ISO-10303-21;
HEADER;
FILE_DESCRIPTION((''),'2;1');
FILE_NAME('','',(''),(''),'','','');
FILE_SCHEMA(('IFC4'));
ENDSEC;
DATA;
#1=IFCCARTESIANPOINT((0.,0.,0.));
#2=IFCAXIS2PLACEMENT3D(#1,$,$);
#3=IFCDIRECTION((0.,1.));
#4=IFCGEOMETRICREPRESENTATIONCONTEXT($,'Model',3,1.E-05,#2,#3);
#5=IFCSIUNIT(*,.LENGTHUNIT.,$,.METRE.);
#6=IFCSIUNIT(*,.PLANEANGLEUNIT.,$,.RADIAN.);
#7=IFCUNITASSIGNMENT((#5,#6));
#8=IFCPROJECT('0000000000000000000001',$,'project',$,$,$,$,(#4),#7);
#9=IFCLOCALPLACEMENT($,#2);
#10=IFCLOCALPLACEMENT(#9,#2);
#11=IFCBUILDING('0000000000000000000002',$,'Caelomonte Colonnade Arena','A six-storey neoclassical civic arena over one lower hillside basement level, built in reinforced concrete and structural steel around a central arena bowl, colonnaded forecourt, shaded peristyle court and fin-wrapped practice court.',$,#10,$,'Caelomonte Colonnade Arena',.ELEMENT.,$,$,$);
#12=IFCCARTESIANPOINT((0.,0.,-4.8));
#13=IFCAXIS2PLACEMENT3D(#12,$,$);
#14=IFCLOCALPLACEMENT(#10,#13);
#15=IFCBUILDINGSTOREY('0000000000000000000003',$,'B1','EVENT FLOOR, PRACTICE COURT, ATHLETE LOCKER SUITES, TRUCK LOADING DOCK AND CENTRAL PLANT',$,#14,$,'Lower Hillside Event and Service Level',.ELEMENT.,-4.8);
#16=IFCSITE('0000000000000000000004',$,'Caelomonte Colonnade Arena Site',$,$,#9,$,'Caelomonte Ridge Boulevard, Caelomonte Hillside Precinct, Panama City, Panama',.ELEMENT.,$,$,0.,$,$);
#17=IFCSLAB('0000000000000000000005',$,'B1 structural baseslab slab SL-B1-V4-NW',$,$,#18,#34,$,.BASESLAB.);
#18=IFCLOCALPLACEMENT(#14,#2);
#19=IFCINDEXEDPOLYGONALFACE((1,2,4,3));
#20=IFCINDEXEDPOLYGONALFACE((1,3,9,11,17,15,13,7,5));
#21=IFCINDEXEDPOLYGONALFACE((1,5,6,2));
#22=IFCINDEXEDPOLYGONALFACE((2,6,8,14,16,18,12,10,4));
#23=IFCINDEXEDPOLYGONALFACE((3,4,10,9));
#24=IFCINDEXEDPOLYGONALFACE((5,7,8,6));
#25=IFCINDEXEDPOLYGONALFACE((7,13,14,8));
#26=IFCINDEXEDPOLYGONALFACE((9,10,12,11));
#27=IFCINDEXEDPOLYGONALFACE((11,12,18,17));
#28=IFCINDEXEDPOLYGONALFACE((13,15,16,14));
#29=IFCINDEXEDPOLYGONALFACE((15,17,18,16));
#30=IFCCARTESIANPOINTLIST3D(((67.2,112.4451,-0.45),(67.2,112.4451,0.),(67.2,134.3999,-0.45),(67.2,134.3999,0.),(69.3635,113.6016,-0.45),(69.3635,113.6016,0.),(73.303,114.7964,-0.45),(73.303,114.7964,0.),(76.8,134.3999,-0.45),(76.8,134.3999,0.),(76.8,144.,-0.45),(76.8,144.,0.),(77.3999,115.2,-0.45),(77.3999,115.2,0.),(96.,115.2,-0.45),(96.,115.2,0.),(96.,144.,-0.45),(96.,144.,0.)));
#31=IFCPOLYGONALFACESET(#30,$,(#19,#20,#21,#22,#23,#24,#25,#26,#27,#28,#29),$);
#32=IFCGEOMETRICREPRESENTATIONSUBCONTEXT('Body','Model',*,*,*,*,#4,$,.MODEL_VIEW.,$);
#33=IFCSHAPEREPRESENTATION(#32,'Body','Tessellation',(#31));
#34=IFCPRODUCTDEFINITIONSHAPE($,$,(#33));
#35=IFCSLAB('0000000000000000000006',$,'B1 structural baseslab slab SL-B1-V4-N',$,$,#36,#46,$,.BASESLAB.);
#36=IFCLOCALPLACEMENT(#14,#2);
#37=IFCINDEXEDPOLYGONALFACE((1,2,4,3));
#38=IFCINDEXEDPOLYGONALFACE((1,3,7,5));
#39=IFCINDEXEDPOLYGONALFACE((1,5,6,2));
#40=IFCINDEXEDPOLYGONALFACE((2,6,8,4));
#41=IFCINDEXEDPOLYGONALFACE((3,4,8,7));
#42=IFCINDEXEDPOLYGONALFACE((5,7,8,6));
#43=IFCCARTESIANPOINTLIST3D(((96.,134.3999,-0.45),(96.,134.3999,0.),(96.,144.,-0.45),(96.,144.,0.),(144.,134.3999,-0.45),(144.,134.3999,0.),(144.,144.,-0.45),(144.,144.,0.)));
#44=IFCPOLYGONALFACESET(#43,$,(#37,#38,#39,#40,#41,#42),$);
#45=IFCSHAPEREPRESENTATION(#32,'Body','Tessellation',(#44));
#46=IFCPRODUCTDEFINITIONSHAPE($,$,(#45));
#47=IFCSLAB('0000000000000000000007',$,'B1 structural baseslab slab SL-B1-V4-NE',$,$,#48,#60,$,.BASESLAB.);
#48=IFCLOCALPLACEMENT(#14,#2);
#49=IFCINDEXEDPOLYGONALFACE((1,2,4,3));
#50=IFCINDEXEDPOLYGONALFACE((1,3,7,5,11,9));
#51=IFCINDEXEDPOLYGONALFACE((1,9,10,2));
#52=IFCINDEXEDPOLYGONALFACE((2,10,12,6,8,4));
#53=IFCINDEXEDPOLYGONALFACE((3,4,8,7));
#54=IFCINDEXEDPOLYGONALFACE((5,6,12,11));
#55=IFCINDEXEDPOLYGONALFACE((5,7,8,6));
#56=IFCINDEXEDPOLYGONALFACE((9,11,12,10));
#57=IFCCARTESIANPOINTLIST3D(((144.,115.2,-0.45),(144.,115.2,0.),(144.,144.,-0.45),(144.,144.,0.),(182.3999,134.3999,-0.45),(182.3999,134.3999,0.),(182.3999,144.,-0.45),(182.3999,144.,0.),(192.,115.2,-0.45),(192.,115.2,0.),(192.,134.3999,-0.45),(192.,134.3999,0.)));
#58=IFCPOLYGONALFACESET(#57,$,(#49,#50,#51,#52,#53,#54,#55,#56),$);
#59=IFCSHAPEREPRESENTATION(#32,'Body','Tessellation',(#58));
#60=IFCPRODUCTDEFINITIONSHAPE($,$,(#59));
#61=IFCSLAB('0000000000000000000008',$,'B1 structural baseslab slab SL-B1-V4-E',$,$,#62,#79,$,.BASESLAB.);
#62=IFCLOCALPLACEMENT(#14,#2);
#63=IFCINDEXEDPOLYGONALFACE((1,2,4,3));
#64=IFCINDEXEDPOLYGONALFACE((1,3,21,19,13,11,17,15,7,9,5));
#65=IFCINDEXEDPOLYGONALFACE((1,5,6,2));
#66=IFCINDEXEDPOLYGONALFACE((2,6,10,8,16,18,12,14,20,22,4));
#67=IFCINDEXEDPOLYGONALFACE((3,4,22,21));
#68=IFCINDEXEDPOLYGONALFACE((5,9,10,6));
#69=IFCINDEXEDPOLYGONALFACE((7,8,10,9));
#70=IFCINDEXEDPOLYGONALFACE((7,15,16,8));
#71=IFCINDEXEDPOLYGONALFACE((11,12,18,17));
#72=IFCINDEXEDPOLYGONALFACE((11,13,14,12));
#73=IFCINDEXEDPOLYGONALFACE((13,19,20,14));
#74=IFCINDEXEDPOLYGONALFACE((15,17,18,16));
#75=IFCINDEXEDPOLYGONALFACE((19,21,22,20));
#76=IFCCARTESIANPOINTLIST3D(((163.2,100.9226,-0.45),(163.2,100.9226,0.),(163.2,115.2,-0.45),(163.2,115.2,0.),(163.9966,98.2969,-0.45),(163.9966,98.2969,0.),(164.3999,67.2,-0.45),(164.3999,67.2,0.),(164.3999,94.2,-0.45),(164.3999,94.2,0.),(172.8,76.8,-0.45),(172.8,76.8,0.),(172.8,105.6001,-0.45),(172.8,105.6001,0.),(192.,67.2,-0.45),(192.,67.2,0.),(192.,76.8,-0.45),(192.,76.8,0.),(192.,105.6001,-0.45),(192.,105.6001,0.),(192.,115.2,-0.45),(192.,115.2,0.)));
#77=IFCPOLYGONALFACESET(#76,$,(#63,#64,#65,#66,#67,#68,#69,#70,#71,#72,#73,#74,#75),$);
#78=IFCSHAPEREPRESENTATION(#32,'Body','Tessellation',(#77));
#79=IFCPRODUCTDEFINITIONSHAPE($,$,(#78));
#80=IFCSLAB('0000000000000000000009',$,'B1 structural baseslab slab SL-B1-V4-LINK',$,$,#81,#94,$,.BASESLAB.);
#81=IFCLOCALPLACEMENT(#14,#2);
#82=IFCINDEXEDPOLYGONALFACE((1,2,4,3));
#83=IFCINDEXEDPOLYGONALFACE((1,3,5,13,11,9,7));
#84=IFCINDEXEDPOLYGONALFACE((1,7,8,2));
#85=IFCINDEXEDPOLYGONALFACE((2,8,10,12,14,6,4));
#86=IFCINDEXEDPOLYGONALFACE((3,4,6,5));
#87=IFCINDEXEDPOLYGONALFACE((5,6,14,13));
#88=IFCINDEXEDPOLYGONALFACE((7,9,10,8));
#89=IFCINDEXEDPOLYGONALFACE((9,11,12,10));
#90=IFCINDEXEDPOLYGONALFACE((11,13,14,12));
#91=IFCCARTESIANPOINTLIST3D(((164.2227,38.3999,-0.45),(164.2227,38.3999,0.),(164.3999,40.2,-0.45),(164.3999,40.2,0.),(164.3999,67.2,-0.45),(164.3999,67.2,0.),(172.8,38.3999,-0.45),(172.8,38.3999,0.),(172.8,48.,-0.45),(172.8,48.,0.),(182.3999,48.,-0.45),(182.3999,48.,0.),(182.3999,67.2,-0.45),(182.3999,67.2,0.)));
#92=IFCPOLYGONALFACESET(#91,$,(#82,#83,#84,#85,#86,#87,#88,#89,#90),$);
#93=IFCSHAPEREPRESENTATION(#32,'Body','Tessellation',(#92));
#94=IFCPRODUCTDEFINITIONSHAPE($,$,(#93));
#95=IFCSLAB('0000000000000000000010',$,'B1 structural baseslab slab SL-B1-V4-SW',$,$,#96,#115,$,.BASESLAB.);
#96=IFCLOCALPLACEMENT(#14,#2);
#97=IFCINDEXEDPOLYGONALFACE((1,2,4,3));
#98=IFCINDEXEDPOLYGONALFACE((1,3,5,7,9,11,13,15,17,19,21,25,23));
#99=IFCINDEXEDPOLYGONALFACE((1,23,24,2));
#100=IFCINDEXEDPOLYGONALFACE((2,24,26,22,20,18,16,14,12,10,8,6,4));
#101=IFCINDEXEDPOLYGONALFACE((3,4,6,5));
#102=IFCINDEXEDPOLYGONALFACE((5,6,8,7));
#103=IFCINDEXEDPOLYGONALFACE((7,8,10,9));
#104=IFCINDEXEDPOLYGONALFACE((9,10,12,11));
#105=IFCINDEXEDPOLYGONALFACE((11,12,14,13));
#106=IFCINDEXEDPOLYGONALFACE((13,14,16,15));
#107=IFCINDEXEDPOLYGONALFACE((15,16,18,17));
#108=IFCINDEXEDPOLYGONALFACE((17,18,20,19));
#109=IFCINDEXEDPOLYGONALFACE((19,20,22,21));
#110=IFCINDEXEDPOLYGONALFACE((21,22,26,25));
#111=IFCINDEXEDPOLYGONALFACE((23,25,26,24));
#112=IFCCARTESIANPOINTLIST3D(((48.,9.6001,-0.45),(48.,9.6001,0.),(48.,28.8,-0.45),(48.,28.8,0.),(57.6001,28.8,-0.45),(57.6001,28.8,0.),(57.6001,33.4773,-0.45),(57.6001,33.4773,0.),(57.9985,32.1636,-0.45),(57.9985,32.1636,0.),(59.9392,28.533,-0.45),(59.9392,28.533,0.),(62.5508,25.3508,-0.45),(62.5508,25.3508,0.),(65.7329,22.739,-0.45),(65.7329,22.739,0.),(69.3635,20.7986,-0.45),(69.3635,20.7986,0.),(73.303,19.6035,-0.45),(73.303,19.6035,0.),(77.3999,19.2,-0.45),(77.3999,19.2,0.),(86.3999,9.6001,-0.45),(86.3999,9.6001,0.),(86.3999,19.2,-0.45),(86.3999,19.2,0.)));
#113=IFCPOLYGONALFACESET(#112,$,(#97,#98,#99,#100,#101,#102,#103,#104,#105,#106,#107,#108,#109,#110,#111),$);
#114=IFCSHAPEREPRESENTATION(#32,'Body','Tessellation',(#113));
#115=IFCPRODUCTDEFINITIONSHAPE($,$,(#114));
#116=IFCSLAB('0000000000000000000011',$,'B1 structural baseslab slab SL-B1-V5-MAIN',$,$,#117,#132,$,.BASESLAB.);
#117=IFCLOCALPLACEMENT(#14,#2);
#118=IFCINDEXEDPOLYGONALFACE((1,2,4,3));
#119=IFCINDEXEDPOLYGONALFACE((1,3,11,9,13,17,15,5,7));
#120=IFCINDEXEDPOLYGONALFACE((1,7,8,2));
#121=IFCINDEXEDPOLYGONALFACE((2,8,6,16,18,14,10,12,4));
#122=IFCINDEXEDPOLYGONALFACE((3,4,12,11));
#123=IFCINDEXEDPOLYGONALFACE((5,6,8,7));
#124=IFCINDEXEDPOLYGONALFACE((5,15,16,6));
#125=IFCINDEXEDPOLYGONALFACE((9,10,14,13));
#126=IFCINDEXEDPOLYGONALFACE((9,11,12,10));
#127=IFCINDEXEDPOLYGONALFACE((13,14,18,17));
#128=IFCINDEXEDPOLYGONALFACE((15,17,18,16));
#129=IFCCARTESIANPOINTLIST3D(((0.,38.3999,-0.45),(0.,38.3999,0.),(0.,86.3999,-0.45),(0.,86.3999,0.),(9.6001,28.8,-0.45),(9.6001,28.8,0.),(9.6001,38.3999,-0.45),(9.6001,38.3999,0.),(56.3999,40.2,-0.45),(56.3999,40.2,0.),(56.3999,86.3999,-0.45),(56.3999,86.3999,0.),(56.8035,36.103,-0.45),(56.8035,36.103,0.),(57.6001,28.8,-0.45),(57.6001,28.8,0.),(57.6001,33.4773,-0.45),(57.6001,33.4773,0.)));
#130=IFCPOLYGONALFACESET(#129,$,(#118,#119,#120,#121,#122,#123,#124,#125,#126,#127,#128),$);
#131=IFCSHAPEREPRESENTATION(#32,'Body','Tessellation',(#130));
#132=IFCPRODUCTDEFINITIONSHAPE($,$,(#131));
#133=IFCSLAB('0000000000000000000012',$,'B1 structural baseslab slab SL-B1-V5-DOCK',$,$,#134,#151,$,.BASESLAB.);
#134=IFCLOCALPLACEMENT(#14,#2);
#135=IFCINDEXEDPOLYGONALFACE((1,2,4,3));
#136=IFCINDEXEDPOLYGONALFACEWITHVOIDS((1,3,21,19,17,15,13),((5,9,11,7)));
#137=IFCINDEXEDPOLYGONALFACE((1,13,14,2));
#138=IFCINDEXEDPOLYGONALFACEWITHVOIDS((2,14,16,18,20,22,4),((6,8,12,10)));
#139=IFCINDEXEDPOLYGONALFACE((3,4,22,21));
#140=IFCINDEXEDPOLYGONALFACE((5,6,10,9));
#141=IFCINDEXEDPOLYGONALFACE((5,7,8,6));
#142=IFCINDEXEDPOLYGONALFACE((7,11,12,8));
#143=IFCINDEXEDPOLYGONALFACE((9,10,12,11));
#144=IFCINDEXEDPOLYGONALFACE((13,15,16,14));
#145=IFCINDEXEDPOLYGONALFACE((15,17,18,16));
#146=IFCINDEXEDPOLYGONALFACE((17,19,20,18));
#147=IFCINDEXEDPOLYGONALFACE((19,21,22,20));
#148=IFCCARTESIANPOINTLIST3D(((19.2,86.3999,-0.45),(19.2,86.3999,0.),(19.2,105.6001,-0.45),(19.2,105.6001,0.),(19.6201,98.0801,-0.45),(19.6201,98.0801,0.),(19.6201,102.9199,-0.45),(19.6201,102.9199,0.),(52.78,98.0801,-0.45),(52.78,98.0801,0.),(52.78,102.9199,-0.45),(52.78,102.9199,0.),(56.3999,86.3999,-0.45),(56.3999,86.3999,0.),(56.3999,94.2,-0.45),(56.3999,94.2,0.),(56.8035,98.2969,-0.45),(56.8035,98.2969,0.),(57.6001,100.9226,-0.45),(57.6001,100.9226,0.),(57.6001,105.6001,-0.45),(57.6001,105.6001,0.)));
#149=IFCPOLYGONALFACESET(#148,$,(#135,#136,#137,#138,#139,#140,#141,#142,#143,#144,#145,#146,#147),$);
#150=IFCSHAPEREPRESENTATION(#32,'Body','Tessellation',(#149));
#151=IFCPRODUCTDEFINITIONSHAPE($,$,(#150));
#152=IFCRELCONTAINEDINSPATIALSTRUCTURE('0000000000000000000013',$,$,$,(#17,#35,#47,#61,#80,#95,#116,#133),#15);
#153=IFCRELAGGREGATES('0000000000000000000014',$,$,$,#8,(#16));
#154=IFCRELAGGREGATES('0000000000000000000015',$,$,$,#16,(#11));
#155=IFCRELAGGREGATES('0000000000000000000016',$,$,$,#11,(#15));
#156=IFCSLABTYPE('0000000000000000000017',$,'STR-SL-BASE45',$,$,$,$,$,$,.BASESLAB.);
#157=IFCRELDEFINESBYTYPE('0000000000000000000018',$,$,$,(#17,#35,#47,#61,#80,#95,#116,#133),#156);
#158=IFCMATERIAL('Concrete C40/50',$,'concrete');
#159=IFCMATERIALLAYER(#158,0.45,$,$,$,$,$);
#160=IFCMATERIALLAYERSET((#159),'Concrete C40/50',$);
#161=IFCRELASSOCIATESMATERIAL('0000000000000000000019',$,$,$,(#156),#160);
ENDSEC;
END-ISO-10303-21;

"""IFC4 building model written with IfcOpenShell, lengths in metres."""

from ifc_helpers import new_model, si_unit, direction, frame, origin, place, context, subcontext, project, spatial, polyline, outline, extrude, material, layer, layer_set, type_object, element, save


model = new_model("IFC4")

# Units and contexts
model_context = context("Model", 3, precision=1e-05, world=origin(), true_north=direction((0.0, 1.0)))
body_context = subcontext(model_context, "Body", "Model", "MODEL_VIEW")
ifc_project = project(units=[si_unit("LENGTHUNIT", "METRE"), si_unit("PLANEANGLEUNIT", "RADIAN")], contexts=[model_context])

# Site, building, storey
site_placement = place(None, origin())
site = spatial("IfcSite", under=ifc_project, at=site_placement, Name="Caelomonte Colonnade Arena Site", LongName="Caelomonte Ridge Boulevard, Caelomonte Hillside Precinct, Panama City, Panama", CompositionType="ELEMENT", RefElevation=0.0)
building_placement = place(site_placement, origin())
building = spatial("IfcBuilding", under=site, at=building_placement, Name="Caelomonte Colonnade Arena", Description="A six-storey neoclassical civic arena over one lower hillside basement level, built in reinforced concrete and structural steel around a central arena bowl, colonnaded forecourt, shaded peristyle court and fin-wrapped practice court.", LongName="Caelomonte Colonnade Arena", CompositionType="ELEMENT")
storey_placement = place(building_placement, frame((0.0, 0.0, -4.8)))
storey = spatial("IfcBuildingStorey", under=building, at=storey_placement, Name="B1", Description="EVENT FLOOR, PRACTICE COURT, ATHLETE LOCKER SUITES, TRUCK LOADING DOCK AND CENTRAL PLANT", LongName="Lower Hillside Event and Service Level", CompositionType="ELEMENT", Elevation=-4.8)

# Shared definitions
ifc_material = material(Name="Concrete C40/50", Category="concrete")

# Slabs
ifc_layer_1 = layer(ifc_material, 0.45)
ifc_layer_set_1 = layer_set([ifc_layer_1], Name="Concrete C40/50")
slab_type_1 = type_object("IfcSlabType", Name="STR-SL-BASE45", PredefinedType="BASESLAB", material=ifc_layer_set_1)
slab_1_placement = place(storey_placement, frame((0.0, 0.0, -0.45)))
element("IfcSlab", 1, at=slab_1_placement, inside=storey, type_object=slab_type_1, Name="B1 structural baseslab slab SL-B1-V4-NW", PredefinedType="BASESLAB", context=body_context, shape_type="SweptSolid", body=[
    extrude(outline(polyline([(96.0, 115.2), (96.0, 144.0), (76.8, 144.0), (76.8, 134.3999), (67.2, 134.3999), (67.2, 112.4451), (69.3635, 113.6016), (73.303, 114.7964), (77.3999, 115.2), (96.0, 115.2)])), origin(), (0.0, 0.0, 1.0), 0.45),
])
slab_2_placement = place(storey_placement, frame((0.0, 0.0, -0.45)))
element("IfcSlab", 2, at=slab_2_placement, inside=storey, type_object=slab_type_1, Name="B1 structural baseslab slab SL-B1-V4-N", PredefinedType="BASESLAB", context=body_context, shape_type="SweptSolid", body=[
    extrude(outline(polyline([(96.0, 134.3999), (144.0, 134.3999), (144.0, 144.0), (96.0, 144.0), (96.0, 134.3999)])), origin(), (0.0, 0.0, 1.0), 0.45),
])
slab_3_placement = place(storey_placement, frame((0.0, 0.0, -0.45)))
element("IfcSlab", 3, at=slab_3_placement, inside=storey, type_object=slab_type_1, Name="B1 structural baseslab slab SL-B1-V4-NE", PredefinedType="BASESLAB", context=body_context, shape_type="SweptSolid", body=[
    extrude(outline(polyline([(144.0, 115.2), (192.0, 115.2), (192.0, 134.3999), (182.3999, 134.3999), (182.3999, 144.0), (144.0, 144.0), (144.0, 115.2)])), origin(), (0.0, 0.0, 1.0), 0.45),
])
slab_4_placement = place(storey_placement, frame((0.0, 0.0, -0.45)))
element("IfcSlab", 4, at=slab_4_placement, inside=storey, type_object=slab_type_1, Name="B1 structural baseslab slab SL-B1-V4-E", PredefinedType="BASESLAB", context=body_context, shape_type="SweptSolid", body=[
    extrude(outline(polyline([(164.3999, 67.2), (192.0, 67.2), (192.0, 76.8), (172.8, 76.8), (172.8, 105.6001), (192.0, 105.6001), (192.0, 115.2), (163.2, 115.2), (163.2, 100.9226), (163.9966, 98.2969), (164.3999, 94.2), (164.3999, 67.2)])), origin(), (0.0, 0.0, 1.0), 0.45),
])
slab_5_placement = place(storey_placement, frame((0.0, 0.0, -0.45)))
element("IfcSlab", 5, at=slab_5_placement, inside=storey, type_object=slab_type_1, Name="B1 structural baseslab slab SL-B1-V4-LINK", PredefinedType="BASESLAB", context=body_context, shape_type="SweptSolid", body=[
    extrude(outline(polyline([(182.3999, 67.2), (164.3999, 67.2), (164.3999, 40.2), (164.2227, 38.3999), (172.8, 38.3999), (172.8, 48.0), (182.3999, 48.0), (182.3999, 67.2)])), origin(), (0.0, 0.0, 1.0), 0.45),
])
slab_6_placement = place(storey_placement, frame((0.0, 0.0, -0.45)))
element("IfcSlab", 6, at=slab_6_placement, inside=storey, type_object=slab_type_1, Name="B1 structural baseslab slab SL-B1-V4-SW", PredefinedType="BASESLAB", context=body_context, shape_type="SweptSolid", body=[
    extrude(outline(polyline([(48.0, 9.6001), (86.3999, 9.6001), (86.3999, 19.2), (77.3999, 19.2), (73.303, 19.6035), (69.3635, 20.7986), (65.7329, 22.739), (62.5508, 25.3508), (59.9392, 28.533), (57.9985, 32.1636), (57.6001, 33.4773), (57.6001, 28.8), (48.0, 28.8), (48.0, 9.6001)])), origin(), (0.0, 0.0, 1.0), 0.45),
])
slab_7_placement = place(storey_placement, frame((0.0, 0.0, -0.45)))
element("IfcSlab", 7, at=slab_7_placement, inside=storey, type_object=slab_type_1, Name="B1 structural baseslab slab SL-B1-V5-MAIN", PredefinedType="BASESLAB", context=body_context, shape_type="SweptSolid", body=[
    extrude(outline(polyline([(56.3999, 86.3999), (0.0, 86.3999), (0.0, 38.3999), (9.6001, 38.3999), (9.6001, 28.8), (57.6001, 28.8), (57.6001, 33.4773), (56.8035, 36.103), (56.3999, 40.2), (56.3999, 86.3999)])), origin(), (0.0, 0.0, 1.0), 0.45),
])
slab_8_placement = place(storey_placement, frame((0.0, 0.0, -0.45)))
element("IfcSlab", 8, at=slab_8_placement, inside=storey, type_object=slab_type_1, Name="B1 structural baseslab slab SL-B1-V5-DOCK", PredefinedType="BASESLAB", context=body_context, shape_type="SweptSolid", body=[
    extrude(outline(polyline([(19.2, 86.3999), (56.3999, 86.3999), (56.3999, 94.2), (56.8035, 98.2969), (57.6001, 100.9226), (57.6001, 105.6001), (19.2, 105.6001), (19.2, 86.3999)]), holes=[polyline([(52.78, 98.0801), (19.6201, 98.0801), (19.6201, 102.9199), (52.78, 102.9199), (52.78, 98.0801)])]), origin(), (0.0, 0.0, 1.0), 0.45),
])

save(model, "model.ifc")
